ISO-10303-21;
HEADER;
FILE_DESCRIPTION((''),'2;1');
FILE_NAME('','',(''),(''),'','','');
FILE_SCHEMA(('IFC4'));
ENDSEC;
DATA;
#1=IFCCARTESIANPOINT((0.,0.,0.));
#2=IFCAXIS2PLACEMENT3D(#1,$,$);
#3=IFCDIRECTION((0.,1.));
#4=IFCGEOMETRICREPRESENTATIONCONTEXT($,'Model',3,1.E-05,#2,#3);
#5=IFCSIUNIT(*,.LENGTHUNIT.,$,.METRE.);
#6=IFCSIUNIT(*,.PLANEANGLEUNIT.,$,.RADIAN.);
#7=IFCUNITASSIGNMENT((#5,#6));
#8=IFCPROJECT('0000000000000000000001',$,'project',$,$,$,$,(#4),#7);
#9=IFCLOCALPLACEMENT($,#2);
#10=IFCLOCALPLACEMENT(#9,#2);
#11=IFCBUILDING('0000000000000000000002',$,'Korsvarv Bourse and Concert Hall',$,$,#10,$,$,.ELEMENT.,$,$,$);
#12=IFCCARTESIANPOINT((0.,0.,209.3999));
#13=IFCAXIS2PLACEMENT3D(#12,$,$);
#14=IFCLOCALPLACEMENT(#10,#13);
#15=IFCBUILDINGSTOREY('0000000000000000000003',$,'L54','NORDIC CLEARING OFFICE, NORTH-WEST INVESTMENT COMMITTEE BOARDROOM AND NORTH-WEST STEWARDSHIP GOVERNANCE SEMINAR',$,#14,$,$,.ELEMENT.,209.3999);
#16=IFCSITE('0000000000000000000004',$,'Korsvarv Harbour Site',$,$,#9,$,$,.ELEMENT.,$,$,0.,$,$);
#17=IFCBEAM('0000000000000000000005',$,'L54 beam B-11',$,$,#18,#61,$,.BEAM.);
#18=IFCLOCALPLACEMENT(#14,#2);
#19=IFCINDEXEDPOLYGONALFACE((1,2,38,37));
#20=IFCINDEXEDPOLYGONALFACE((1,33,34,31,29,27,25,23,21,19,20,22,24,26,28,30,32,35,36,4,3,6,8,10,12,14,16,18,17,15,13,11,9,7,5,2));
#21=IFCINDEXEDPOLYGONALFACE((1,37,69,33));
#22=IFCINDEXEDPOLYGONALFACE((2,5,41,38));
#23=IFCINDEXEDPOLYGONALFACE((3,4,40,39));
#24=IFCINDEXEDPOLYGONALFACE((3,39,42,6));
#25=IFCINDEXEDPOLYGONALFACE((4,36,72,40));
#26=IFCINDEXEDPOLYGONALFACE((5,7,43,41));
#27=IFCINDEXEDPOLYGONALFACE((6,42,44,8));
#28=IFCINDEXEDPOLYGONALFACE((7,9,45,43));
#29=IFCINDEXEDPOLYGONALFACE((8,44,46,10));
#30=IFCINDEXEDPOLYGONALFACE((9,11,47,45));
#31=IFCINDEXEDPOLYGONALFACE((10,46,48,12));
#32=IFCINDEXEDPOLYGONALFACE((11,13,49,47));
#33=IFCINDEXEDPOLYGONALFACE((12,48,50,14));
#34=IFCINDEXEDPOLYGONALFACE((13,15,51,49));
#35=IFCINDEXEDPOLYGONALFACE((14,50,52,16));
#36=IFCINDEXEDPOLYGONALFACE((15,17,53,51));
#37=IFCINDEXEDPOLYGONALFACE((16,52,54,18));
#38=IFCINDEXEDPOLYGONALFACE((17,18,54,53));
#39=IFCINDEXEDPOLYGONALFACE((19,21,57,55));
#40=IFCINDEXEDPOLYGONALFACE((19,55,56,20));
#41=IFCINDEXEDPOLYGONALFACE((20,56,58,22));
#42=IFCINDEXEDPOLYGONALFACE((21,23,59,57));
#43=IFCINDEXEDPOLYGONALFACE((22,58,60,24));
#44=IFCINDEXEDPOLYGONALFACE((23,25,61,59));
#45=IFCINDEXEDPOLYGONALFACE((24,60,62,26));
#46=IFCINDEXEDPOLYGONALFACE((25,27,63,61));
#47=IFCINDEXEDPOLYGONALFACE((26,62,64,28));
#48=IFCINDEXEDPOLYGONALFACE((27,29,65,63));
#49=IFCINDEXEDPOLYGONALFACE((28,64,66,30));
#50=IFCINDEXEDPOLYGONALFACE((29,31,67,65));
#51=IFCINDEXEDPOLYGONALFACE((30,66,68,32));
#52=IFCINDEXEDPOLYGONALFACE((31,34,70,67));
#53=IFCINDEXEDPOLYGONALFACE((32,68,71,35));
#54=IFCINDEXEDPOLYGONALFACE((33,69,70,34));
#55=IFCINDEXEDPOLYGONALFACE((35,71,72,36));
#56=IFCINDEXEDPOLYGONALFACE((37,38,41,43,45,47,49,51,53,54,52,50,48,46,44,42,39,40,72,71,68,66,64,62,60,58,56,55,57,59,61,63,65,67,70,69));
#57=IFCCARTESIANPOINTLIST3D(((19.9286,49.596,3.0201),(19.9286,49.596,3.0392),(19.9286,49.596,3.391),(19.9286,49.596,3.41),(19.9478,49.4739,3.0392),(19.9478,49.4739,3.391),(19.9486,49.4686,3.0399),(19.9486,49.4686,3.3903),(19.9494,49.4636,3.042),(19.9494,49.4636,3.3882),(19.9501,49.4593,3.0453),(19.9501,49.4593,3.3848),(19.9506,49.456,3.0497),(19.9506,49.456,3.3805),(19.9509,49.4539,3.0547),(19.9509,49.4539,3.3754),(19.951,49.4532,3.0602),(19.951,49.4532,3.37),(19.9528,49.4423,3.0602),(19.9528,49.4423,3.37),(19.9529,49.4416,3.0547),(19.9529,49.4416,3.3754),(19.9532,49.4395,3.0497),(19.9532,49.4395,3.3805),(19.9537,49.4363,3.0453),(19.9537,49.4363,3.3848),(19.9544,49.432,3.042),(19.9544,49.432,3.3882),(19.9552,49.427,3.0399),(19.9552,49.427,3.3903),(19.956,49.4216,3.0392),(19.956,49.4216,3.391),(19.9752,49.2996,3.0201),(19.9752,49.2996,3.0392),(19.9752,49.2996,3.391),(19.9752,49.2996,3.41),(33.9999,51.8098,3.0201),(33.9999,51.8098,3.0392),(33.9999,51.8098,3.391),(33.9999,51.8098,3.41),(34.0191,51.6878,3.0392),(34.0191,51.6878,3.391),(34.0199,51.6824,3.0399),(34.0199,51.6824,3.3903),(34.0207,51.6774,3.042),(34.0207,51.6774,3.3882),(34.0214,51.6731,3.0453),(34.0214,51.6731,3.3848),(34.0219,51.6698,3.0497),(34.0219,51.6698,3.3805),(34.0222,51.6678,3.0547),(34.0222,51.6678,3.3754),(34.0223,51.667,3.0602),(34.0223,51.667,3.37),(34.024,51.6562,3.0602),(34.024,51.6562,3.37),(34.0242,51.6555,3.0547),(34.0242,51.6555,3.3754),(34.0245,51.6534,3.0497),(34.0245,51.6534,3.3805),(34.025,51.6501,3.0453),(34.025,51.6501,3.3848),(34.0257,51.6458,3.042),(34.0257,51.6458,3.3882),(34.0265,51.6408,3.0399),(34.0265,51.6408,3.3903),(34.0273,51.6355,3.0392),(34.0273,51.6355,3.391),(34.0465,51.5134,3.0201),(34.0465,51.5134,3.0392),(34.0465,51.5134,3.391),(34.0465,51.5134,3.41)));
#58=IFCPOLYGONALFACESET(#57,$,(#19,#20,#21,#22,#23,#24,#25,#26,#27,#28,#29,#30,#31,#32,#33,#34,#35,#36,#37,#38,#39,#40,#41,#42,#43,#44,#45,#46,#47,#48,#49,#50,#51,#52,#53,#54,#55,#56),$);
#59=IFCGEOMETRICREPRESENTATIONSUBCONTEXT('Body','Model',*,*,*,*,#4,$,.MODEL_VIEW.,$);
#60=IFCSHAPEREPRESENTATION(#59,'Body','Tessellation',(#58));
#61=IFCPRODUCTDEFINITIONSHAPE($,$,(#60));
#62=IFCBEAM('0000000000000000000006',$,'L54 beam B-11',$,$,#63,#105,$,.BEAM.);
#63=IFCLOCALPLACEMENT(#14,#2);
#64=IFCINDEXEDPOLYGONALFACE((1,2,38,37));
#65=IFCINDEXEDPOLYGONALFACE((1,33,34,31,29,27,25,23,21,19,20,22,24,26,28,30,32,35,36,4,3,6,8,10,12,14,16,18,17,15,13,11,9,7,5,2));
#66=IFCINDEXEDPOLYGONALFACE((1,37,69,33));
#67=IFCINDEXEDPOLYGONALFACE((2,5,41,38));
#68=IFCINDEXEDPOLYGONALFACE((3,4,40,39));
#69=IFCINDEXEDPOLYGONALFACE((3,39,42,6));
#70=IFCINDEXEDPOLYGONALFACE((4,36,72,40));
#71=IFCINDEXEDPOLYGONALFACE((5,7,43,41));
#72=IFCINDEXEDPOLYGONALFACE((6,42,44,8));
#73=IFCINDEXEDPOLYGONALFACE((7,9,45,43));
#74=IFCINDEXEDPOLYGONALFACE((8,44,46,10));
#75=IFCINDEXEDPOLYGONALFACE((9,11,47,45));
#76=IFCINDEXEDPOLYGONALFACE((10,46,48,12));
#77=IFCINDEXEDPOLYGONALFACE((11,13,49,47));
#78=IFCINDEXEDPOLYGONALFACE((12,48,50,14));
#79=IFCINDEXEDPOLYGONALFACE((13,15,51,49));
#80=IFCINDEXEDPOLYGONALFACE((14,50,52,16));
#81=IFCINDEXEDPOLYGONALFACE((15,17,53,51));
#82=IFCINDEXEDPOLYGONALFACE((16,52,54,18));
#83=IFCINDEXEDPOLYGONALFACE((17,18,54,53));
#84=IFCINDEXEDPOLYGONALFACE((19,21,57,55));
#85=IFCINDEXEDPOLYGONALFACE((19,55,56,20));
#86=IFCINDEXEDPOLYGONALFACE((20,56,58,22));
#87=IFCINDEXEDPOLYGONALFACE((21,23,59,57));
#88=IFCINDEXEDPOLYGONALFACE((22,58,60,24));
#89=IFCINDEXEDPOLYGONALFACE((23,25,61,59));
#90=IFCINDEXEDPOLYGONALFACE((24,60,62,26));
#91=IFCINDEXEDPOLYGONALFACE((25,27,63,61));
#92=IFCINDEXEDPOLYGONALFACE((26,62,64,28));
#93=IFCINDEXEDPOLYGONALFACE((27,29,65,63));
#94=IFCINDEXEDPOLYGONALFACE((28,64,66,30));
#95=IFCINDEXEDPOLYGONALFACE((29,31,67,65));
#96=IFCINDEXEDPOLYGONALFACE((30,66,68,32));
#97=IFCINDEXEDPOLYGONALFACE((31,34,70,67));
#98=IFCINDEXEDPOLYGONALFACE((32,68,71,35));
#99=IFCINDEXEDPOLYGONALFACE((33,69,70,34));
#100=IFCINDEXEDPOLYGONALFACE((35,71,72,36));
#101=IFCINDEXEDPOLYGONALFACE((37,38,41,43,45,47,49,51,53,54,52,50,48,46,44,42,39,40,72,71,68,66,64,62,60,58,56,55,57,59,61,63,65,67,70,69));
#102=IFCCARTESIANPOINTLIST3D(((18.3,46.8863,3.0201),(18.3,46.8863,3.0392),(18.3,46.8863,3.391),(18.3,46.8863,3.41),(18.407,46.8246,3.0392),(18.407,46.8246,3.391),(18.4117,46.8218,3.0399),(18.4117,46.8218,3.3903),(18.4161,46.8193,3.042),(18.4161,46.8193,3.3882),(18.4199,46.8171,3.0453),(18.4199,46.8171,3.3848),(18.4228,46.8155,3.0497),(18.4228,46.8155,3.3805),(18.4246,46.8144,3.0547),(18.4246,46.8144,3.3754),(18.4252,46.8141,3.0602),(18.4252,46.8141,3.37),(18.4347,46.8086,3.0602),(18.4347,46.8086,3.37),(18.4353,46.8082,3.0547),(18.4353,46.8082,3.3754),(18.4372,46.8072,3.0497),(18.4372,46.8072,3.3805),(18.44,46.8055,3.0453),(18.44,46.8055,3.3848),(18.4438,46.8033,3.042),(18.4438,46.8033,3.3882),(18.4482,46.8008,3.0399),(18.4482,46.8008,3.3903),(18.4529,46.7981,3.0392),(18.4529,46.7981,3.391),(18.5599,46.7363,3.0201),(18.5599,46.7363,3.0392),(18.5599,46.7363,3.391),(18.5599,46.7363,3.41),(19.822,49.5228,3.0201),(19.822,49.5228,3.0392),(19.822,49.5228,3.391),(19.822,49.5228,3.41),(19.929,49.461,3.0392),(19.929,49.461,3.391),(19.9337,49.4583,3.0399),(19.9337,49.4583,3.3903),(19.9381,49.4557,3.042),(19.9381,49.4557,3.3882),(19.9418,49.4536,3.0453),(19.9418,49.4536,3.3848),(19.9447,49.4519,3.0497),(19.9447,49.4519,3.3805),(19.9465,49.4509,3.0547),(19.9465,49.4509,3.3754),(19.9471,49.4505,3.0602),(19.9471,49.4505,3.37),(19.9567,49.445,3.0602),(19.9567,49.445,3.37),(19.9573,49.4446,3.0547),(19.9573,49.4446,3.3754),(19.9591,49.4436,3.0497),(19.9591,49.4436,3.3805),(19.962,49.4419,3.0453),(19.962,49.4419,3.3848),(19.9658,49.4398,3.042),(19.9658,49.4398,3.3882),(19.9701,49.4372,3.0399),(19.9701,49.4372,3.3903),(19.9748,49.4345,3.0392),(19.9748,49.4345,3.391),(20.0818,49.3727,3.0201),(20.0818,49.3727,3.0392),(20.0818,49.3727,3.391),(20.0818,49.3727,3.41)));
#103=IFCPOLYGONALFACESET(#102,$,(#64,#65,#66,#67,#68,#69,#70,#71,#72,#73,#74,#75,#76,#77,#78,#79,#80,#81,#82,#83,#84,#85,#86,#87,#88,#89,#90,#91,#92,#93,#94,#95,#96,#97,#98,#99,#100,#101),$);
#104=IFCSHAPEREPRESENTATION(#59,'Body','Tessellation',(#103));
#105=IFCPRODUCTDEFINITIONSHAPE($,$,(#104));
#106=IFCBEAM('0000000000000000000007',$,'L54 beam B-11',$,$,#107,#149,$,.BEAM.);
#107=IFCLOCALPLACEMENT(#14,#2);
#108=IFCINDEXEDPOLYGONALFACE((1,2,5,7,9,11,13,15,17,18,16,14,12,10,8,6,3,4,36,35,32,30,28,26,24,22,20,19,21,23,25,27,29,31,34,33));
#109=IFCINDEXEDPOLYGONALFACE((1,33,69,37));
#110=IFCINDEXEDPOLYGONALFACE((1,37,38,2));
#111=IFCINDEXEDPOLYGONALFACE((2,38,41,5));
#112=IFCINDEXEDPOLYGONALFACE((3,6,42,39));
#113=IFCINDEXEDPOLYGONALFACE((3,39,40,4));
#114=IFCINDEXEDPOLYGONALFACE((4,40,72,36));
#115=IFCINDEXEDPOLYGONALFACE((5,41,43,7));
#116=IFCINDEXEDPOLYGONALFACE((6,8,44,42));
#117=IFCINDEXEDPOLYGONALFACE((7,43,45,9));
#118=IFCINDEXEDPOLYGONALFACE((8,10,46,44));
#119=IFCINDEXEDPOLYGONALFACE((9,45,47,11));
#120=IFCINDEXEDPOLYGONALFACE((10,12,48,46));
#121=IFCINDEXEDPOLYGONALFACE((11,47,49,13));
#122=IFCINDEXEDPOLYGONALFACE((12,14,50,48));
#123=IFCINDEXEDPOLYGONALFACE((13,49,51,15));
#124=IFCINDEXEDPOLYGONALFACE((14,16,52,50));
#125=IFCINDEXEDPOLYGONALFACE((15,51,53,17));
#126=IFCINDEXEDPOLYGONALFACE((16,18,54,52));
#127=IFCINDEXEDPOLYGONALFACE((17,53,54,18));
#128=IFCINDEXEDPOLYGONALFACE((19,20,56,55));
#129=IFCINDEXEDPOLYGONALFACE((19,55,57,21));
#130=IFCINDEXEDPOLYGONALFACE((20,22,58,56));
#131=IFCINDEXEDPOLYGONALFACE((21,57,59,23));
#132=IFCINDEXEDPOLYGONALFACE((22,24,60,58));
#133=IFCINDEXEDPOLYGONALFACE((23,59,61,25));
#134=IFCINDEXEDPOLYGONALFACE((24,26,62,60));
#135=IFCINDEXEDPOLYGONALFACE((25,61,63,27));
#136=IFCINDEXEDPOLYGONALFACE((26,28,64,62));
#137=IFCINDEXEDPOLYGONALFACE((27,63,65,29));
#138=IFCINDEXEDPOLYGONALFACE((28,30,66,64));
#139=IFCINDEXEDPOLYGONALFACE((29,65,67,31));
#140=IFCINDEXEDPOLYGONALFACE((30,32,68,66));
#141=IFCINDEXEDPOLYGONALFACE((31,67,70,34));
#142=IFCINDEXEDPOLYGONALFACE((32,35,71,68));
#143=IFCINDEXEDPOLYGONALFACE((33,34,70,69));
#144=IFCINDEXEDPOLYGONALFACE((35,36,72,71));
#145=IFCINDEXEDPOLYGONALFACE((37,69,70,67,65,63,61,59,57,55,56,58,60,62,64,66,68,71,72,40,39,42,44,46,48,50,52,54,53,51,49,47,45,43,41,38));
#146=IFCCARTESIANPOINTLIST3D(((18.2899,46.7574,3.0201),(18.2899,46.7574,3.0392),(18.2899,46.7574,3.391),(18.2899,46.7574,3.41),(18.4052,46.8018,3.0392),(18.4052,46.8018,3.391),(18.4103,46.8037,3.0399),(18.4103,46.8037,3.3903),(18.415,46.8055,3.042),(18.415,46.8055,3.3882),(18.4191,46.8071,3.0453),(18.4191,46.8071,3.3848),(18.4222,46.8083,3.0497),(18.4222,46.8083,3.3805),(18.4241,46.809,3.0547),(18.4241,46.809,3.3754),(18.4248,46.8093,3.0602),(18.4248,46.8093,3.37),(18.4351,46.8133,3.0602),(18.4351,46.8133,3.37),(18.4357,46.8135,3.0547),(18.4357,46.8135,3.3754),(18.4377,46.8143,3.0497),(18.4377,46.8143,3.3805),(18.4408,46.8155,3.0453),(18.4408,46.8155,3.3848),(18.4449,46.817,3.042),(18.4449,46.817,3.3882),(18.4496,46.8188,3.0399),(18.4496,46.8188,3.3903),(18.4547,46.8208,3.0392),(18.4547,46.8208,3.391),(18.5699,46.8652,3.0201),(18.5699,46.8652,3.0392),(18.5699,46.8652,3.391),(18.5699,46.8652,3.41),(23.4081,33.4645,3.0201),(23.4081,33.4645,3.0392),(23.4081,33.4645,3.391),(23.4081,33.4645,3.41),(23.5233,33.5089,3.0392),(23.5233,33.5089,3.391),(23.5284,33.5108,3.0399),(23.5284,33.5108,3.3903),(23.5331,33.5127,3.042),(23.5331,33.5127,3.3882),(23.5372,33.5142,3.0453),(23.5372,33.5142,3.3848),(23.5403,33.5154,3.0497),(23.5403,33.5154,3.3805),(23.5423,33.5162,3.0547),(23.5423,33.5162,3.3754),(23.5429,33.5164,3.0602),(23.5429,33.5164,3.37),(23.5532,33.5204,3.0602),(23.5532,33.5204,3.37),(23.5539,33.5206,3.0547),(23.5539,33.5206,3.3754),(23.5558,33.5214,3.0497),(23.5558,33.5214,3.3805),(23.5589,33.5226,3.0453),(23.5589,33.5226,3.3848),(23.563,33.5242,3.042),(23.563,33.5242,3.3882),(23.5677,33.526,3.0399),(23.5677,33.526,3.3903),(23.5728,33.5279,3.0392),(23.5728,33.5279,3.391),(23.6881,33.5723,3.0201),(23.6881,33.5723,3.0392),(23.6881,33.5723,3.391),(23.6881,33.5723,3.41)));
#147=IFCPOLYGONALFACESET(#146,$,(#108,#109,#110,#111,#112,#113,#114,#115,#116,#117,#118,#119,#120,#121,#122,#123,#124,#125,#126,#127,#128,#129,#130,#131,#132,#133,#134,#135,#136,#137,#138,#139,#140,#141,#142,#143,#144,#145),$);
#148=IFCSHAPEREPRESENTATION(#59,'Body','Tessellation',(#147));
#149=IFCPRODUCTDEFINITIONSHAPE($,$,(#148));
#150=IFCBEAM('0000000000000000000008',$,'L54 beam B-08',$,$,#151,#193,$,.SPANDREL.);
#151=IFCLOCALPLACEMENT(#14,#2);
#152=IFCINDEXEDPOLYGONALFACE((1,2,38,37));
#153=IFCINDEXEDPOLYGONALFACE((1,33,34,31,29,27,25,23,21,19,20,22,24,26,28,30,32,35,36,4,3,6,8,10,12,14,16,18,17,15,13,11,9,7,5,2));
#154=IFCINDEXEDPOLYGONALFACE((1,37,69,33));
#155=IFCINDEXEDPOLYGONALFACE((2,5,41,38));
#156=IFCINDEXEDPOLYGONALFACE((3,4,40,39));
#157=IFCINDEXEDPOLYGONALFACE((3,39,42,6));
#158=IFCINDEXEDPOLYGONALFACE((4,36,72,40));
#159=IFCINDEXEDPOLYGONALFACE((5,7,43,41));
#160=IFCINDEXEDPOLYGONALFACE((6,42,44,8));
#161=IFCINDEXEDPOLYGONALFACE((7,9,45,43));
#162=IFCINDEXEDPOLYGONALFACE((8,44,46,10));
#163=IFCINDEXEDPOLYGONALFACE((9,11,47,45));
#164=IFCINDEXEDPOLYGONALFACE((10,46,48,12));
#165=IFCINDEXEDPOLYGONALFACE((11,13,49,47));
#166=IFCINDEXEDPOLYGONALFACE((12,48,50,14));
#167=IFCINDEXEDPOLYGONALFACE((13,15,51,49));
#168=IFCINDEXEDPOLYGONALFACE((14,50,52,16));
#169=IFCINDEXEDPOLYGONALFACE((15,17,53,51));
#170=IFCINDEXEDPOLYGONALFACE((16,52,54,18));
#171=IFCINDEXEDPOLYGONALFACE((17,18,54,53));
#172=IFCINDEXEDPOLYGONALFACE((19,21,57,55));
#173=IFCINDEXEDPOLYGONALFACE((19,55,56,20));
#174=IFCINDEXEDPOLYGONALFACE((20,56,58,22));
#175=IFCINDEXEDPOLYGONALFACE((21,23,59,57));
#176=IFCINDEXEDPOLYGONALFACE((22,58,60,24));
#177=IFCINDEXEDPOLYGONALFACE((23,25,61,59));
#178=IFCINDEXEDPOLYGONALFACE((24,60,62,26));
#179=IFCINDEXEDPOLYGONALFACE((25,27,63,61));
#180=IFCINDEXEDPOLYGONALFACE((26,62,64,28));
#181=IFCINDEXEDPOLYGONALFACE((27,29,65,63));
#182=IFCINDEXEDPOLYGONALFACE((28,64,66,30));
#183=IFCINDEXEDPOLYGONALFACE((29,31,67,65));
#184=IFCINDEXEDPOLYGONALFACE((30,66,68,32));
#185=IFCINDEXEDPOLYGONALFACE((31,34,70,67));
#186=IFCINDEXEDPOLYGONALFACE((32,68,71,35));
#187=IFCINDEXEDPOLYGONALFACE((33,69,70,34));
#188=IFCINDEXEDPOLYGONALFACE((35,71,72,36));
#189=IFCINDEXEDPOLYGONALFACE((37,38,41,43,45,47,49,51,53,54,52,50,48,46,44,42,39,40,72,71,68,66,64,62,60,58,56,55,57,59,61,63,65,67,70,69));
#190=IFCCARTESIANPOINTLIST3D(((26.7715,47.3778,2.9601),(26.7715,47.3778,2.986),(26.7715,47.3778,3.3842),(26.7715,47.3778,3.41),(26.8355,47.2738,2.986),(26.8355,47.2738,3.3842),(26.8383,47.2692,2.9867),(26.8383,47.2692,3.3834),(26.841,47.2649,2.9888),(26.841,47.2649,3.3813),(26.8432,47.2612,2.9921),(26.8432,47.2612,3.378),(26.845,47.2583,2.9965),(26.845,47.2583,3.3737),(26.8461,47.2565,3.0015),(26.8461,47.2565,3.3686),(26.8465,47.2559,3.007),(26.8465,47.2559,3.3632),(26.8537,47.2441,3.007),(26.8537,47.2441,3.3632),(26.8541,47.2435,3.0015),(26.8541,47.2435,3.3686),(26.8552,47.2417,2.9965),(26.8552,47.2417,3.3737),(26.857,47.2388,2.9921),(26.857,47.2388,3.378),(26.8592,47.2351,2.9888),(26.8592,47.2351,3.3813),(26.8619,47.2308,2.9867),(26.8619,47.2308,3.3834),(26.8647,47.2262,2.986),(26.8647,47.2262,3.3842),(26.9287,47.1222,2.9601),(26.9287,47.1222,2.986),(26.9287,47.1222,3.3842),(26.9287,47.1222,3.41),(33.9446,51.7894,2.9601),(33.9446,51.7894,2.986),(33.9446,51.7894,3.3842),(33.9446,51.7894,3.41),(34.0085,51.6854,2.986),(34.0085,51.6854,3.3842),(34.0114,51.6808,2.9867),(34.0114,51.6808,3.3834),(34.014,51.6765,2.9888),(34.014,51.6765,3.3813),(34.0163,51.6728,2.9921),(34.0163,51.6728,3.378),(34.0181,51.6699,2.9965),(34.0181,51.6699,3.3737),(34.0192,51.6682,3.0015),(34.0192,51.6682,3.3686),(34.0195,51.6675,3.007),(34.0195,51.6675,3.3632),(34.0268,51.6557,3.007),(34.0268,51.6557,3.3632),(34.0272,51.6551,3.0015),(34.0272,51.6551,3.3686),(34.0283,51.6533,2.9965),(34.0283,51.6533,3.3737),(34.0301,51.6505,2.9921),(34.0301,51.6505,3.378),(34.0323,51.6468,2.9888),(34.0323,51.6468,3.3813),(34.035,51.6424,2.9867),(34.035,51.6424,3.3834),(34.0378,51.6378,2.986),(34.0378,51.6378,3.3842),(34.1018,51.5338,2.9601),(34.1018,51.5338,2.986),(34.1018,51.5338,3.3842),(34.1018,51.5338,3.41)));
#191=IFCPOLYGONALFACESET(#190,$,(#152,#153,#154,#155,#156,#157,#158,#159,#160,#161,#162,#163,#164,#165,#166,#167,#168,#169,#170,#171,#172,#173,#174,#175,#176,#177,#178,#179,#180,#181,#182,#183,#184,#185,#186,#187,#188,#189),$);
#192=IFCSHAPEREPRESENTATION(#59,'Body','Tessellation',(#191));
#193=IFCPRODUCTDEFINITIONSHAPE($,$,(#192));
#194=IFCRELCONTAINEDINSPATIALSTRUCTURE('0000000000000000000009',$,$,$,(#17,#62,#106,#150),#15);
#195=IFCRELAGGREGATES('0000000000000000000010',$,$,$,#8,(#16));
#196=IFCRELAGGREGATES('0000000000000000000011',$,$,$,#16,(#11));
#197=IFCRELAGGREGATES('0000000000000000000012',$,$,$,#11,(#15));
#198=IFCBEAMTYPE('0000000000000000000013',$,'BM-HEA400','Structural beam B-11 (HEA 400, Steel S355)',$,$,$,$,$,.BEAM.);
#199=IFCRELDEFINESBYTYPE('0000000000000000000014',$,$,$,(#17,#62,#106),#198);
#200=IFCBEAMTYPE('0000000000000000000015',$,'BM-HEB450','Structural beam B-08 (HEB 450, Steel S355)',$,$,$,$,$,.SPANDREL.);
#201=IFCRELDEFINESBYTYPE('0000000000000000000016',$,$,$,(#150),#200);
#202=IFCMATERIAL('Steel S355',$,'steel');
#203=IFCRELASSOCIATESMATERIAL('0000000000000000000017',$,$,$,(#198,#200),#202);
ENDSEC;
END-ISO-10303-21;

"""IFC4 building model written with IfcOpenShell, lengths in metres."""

from ifc_helpers import new_model, si_unit, direction, frame, origin, origin_2d, place, context, subcontext, project, spatial, i_section, extrude, source, transform, mapped, material, material_profile, profile_set, type_object, element, save


model = new_model("IFC4")

# Units and contexts
model_context = context("Model", 3, precision=1e-05, world=origin(), true_north=direction((0.0, 1.0)))
body_context = subcontext(model_context, "Body", "Model", "MODEL_VIEW")
ifc_project = project(units=[si_unit("LENGTHUNIT", "METRE"), si_unit("PLANEANGLEUNIT", "RADIAN")], contexts=[model_context])

# Site, building, storey
site_placement = place(None, origin())
site = spatial("IfcSite", under=ifc_project, at=site_placement, Name="Korsvarv Harbour Site", CompositionType="ELEMENT", RefElevation=0.0)
building_placement = place(site_placement, origin())
building = spatial("IfcBuilding", under=site, at=building_placement, Name="Korsvarv Bourse and Concert Hall", CompositionType="ELEMENT")
storey_placement = place(building_placement, frame((0.0, 0.0, 209.3999)))
storey = spatial("IfcBuildingStorey", under=building, at=storey_placement, Name="L54", Description="NORDIC CLEARING OFFICE, NORTH-WEST INVESTMENT COMMITTEE BOARDROOM AND NORTH-WEST STEWARDSHIP GOVERNANCE SEMINAR", CompositionType="ELEMENT", Elevation=209.3999)

# Shared definitions
ifc_material_1 = material(Name="Steel S355", Category="steel")

# Beams
ifc_material_profile_1 = material_profile(ifc_material_1, i_section(OverallWidth=0.3, OverallDepth=0.3899, WebThickness=0.011, FlangeThickness=0.019, FilletRadius=0.021, at=origin_2d()), Name="HEA 400")
ifc_profile_set_1 = profile_set([ifc_material_profile_1], Name="Steel S355")
beam_type_1 = type_object("IfcBeamType", Name="BM-HEA400", Description="Structural beam B-11 (HEA 400, Steel S355)", PredefinedType="BEAM", material=ifc_profile_set_1)
shared_shape_1 = source(origin(), body_context, "Body", "SweptSolid", [
    extrude(i_section(OverallWidth=0.3, OverallDepth=0.3899, WebThickness=0.011, FlangeThickness=0.019, FilletRadius=0.021, at=origin_2d()), origin(), (0.0, 0.0, 1.0), 14.2444),
])
beam_1_placement = place(storey_placement, frame((34.0232, 51.6616, 3.2151), z_axis=(-0.987848, -0.15542, 0.0), x_axis=(0.15542, -0.987848, 0.0)))
element("IfcBeam", 1, at=beam_1_placement, inside=storey, type_object=beam_type_1, Name="L54 beam B-11", PredefinedType="BEAM", context=body_context, shape_type="MappedRepresentation", body=[
    mapped(shared_shape_1, transform((0.0, 0.0, 0.0), scale=1.0)),
])
shared_shape_2 = source(origin(), body_context, "Body", "SweptSolid", [
    extrude(i_section(OverallWidth=0.3, OverallDepth=0.3899, WebThickness=0.011, FlangeThickness=0.019, FilletRadius=0.021, at=origin_2d()), origin(), (0.0, 0.0, 1.0), 3.0442),
])
beam_2_placement = place(storey_placement, frame((19.9519, 49.4478, 3.2151), z_axis=(-0.499952, -0.866053, 0.0), x_axis=(0.866053, -0.499952, 0.0)))
element("IfcBeam", 2, at=beam_2_placement, inside=storey, type_object=beam_type_1, Name="L54 beam B-11", PredefinedType="BEAM", context=body_context, shape_type="MappedRepresentation", body=[
    mapped(shared_shape_2, transform((0.0, 0.0, 0.0), scale=1.0)),
])
shared_shape_3 = source(origin(), body_context, "Body", "SweptSolid", [
    extrude(i_section(OverallWidth=0.3, OverallDepth=0.3899, WebThickness=0.011, FlangeThickness=0.019, FilletRadius=0.021, at=origin_2d()), origin(), (0.0, 0.0, 1.0), 14.2441),
])
beam_3_placement = place(storey_placement, frame((18.4299, 46.8113, 3.2151), z_axis=(0.359314, -0.933217, 0.0), x_axis=(0.933217, 0.359314, 0.0)))
element("IfcBeam", 3, at=beam_3_placement, inside=storey, type_object=beam_type_1, Name="L54 beam B-11", PredefinedType="BEAM", context=body_context, shape_type="MappedRepresentation", body=[
    mapped(shared_shape_3, transform((0.0, 0.0, 0.0), scale=1.0)),
])
ifc_material_profile_2 = material_profile(ifc_material_1, i_section(OverallWidth=0.3, OverallDepth=0.45, WebThickness=0.0139, FlangeThickness=0.0259, FilletRadius=0.021, at=origin_2d()), Name="HEB 450")
ifc_profile_set_2 = profile_set([ifc_material_profile_2], Name="Steel S355")
beam_type_2 = type_object("IfcBeamType", Name="BM-HEB450", Description="Structural beam B-08 (HEB 450, Steel S355)", PredefinedType="SPANDREL", material=ifc_profile_set_2)
shared_shape_4 = source(origin(), body_context, "Body", "SweptSolid", [
    extrude(i_section(OverallWidth=0.3, OverallDepth=0.45, WebThickness=0.0139, FlangeThickness=0.0259, FilletRadius=0.021, at=origin_2d()), origin(), (0.0, 0.0, 1.0), 8.4211),
])
beam_4_placement = place(storey_placement, frame((34.0232, 51.6616, 3.1851), z_axis=(-0.851796, -0.523874, 0.0), x_axis=(0.523874, -0.851796, 0.0)))
element("IfcBeam", 4, at=beam_4_placement, inside=storey, type_object=beam_type_2, Name="L54 beam B-08", PredefinedType="SPANDREL", context=body_context, shape_type="MappedRepresentation", body=[
    mapped(shared_shape_4, transform((0.0, 0.0, 0.0), scale=1.0)),
])

save(model, "model.ifc")
